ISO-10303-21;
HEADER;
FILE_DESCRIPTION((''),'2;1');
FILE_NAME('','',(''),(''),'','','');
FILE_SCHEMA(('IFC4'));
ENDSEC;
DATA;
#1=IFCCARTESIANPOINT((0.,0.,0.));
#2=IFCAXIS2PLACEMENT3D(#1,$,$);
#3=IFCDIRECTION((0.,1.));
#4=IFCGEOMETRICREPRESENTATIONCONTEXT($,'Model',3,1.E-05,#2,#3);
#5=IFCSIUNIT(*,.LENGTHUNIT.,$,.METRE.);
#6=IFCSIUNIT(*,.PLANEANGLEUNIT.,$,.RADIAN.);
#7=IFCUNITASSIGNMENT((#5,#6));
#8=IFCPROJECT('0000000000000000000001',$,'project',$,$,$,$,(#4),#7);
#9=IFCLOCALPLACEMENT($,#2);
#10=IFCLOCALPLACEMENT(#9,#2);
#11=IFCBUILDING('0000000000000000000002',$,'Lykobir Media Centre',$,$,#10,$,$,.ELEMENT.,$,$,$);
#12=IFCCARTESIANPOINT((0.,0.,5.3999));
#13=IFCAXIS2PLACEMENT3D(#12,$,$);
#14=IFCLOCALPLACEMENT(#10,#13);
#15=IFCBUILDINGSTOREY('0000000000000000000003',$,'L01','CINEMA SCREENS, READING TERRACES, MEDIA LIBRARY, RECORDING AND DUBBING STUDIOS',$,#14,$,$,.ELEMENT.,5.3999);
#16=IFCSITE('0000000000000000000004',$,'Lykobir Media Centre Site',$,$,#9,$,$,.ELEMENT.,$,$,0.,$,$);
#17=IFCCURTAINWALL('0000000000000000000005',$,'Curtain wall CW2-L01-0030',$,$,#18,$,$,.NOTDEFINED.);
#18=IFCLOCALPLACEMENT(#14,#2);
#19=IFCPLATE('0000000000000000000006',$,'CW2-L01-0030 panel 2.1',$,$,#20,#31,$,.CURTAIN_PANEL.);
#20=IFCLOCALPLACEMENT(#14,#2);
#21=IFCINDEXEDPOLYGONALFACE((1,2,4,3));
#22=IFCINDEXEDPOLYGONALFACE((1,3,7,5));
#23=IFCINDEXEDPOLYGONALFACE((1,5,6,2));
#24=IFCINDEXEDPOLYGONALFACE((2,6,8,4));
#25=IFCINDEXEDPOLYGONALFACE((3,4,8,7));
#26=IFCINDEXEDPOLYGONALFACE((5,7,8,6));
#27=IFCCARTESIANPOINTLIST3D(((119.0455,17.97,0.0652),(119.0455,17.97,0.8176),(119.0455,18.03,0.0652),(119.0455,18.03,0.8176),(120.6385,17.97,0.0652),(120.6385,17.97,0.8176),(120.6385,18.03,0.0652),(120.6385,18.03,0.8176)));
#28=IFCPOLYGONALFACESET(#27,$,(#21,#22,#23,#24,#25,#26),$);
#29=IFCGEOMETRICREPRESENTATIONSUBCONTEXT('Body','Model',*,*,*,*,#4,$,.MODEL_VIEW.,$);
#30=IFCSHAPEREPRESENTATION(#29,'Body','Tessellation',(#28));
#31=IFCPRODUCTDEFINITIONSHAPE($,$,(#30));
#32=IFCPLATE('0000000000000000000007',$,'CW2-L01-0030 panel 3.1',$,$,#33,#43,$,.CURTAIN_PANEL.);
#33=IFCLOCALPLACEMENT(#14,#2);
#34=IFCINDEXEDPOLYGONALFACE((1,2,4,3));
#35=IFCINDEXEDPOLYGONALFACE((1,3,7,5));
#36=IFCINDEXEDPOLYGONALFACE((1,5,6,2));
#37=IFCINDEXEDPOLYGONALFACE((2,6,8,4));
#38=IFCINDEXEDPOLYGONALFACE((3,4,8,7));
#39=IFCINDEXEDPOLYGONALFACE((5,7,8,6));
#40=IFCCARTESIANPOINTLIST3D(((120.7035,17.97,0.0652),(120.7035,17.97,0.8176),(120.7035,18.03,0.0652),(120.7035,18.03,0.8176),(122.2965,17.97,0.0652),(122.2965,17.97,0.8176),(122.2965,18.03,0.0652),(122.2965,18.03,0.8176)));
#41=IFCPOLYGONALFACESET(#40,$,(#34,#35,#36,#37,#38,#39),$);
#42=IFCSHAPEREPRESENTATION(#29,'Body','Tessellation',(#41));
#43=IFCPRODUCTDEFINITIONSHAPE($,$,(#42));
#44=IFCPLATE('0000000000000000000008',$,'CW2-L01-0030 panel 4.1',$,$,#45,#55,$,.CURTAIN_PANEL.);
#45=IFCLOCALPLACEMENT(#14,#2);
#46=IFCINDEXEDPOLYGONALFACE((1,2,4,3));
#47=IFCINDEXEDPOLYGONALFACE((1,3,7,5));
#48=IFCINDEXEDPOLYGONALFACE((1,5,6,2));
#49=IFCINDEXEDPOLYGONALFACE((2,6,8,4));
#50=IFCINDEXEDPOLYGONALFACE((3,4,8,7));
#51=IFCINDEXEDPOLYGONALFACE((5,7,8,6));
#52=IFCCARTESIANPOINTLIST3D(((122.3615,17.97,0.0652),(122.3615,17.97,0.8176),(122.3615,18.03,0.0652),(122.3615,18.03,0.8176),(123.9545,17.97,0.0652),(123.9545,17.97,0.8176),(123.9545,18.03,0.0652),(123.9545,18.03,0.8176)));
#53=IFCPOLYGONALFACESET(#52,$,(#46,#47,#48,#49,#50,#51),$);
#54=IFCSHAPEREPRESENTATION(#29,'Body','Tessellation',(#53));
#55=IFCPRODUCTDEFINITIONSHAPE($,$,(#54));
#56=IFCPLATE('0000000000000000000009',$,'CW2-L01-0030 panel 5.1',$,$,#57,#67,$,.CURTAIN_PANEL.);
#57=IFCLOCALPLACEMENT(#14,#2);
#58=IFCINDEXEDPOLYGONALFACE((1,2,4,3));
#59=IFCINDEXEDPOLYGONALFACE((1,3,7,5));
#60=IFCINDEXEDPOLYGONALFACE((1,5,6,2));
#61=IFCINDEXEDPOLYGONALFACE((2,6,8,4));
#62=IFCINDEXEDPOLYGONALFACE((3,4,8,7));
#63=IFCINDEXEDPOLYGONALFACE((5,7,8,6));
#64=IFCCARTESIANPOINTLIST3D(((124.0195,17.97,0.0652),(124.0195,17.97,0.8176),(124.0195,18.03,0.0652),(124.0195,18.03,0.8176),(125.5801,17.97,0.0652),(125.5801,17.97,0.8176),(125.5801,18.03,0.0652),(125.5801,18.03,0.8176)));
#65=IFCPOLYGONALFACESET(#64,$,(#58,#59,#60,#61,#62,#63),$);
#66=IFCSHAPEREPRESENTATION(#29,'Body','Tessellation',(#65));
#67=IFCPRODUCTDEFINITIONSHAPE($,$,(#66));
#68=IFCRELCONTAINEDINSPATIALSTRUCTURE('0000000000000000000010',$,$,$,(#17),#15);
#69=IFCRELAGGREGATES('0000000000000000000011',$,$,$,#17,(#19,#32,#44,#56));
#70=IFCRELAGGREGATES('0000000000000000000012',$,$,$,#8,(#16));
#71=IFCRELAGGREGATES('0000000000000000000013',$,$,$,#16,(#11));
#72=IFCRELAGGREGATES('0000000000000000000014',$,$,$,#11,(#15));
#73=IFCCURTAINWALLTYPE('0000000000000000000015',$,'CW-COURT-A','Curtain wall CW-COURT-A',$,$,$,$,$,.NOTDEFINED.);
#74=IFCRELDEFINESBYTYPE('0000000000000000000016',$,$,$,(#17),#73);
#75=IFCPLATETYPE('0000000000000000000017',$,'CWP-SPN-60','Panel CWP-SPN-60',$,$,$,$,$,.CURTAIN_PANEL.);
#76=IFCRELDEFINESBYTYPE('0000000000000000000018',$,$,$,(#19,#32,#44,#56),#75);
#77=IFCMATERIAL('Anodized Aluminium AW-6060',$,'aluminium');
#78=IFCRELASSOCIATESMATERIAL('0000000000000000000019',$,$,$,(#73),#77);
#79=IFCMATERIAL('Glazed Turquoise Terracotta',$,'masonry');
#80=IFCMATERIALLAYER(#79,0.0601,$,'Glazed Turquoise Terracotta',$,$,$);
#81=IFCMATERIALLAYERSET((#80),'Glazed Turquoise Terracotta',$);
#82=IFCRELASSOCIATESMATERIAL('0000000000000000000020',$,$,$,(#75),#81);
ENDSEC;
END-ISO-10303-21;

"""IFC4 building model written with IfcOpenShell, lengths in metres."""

from ifc_helpers import new_model, si_unit, direction, frame, origin, origin_2d, place, context, subcontext, project, spatial, rectangle, extrude, material, layer, layer_set, type_object, element, aggregate, save


model = new_model("IFC4")

# Units and contexts
model_context = context("Model", 3, precision=1e-05, world=origin(), true_north=direction((0.0, 1.0)))
body_context = subcontext(model_context, "Body", "Model", "MODEL_VIEW")
ifc_project = project(units=[si_unit("LENGTHUNIT", "METRE"), si_unit("PLANEANGLEUNIT", "RADIAN")], contexts=[model_context])

# Site, building, storey
site_placement = place(None, origin())
site = spatial("IfcSite", under=ifc_project, at=site_placement, Name="Lykobir Media Centre Site", CompositionType="ELEMENT", RefElevation=0.0)
building_placement = place(site_placement, origin())
building = spatial("IfcBuilding", under=site, at=building_placement, Name="Lykobir Media Centre", CompositionType="ELEMENT")
storey_placement = place(building_placement, frame((0.0, 0.0, 5.3999)))
storey = spatial("IfcBuildingStorey", under=building, at=storey_placement, Name="L01", Description="CINEMA SCREENS, READING TERRACES, MEDIA LIBRARY, RECORDING AND DUBBING STUDIOS", CompositionType="ELEMENT", Elevation=5.3999)

# Shared definitions
ifc_material_1 = material(Name="Anodized Aluminium AW-6060", Category="aluminium")
curtain_wall_type = type_object("IfcCurtainWallType", Name="CW-COURT-A", Description="Curtain wall CW-COURT-A", PredefinedType="NOTDEFINED", material=ifc_material_1)

# Curtain wall
curtain_wall_1_placement = place(storey_placement, origin())
curtain_wall_1 = element("IfcCurtainWall", 1, at=curtain_wall_1_placement, inside=storey, type_object=curtain_wall_type, Name="Curtain wall CW2-L01-0030", PredefinedType="NOTDEFINED")

# Plates
ifc_material_2 = material(Name="Glazed Turquoise Terracotta", Category="masonry")
ifc_layer_1 = layer(ifc_material_2, 0.0601, Name="Glazed Turquoise Terracotta")
ifc_layer_set_1 = layer_set([ifc_layer_1], Name="Glazed Turquoise Terracotta")
plate_type_1 = type_object("IfcPlateType", Name="CWP-SPN-60", Description="Panel CWP-SPN-60", PredefinedType="CURTAIN_PANEL", material=ifc_layer_set_1)
plate_1_placement = place(storey_placement, frame((119.842, 18.0, 0.0652), z_axis=(0.0, 0.0, 1.0), x_axis=(1.0, 0.0, 0.0)))
plate_1 = element("IfcPlate", 2, at=plate_1_placement, type_object=plate_type_1, Name="CW2-L01-0030 panel 2.1", PredefinedType="CURTAIN_PANEL", context=body_context, shape_type="SweptSolid", body=[
    extrude(rectangle(XDim=1.593, YDim=0.0601, at=origin_2d()), origin(), (0.0, 0.0, 1.0), 0.7524),
])
plate_2_placement = place(storey_placement, frame((121.5, 18.0, 0.0652), z_axis=(0.0, 0.0, 1.0), x_axis=(1.0, 0.0, 0.0)))
plate_2 = element("IfcPlate", 3, at=plate_2_placement, type_object=plate_type_1, Name="CW2-L01-0030 panel 3.1", PredefinedType="CURTAIN_PANEL", context=body_context, shape_type="SweptSolid", body=[
    extrude(rectangle(XDim=1.593, YDim=0.0601, at=origin_2d()), origin(), (0.0, 0.0, 1.0), 0.7524),
])
plate_3_placement = place(storey_placement, frame((123.158, 18.0, 0.0652), z_axis=(0.0, 0.0, 1.0), x_axis=(1.0, 0.0, 0.0)))
plate_3 = element("IfcPlate", 4, at=plate_3_placement, type_object=plate_type_1, Name="CW2-L01-0030 panel 4.1", PredefinedType="CURTAIN_PANEL", context=body_context, shape_type="SweptSolid", body=[
    extrude(rectangle(XDim=1.593, YDim=0.0601, at=origin_2d()), origin(), (0.0, 0.0, 1.0), 0.7524),
])
plate_4_placement = place(storey_placement, frame((124.7998, 18.0, 0.0652), z_axis=(0.0, 0.0, 1.0), x_axis=(1.0, 0.0, 0.0)))
plate_4 = element("IfcPlate", 5, at=plate_4_placement, type_object=plate_type_1, Name="CW2-L01-0030 panel 5.1", PredefinedType="CURTAIN_PANEL", context=body_context, shape_type="SweptSolid", body=[
    extrude(rectangle(XDim=1.5605, YDim=0.0601, at=origin_2d()), origin(), (0.0, 0.0, 1.0), 0.7524),
])
aggregate(curtain_wall_1, [plate_1, plate_2, plate_3, plate_4])

save(model, "model.ifc")
